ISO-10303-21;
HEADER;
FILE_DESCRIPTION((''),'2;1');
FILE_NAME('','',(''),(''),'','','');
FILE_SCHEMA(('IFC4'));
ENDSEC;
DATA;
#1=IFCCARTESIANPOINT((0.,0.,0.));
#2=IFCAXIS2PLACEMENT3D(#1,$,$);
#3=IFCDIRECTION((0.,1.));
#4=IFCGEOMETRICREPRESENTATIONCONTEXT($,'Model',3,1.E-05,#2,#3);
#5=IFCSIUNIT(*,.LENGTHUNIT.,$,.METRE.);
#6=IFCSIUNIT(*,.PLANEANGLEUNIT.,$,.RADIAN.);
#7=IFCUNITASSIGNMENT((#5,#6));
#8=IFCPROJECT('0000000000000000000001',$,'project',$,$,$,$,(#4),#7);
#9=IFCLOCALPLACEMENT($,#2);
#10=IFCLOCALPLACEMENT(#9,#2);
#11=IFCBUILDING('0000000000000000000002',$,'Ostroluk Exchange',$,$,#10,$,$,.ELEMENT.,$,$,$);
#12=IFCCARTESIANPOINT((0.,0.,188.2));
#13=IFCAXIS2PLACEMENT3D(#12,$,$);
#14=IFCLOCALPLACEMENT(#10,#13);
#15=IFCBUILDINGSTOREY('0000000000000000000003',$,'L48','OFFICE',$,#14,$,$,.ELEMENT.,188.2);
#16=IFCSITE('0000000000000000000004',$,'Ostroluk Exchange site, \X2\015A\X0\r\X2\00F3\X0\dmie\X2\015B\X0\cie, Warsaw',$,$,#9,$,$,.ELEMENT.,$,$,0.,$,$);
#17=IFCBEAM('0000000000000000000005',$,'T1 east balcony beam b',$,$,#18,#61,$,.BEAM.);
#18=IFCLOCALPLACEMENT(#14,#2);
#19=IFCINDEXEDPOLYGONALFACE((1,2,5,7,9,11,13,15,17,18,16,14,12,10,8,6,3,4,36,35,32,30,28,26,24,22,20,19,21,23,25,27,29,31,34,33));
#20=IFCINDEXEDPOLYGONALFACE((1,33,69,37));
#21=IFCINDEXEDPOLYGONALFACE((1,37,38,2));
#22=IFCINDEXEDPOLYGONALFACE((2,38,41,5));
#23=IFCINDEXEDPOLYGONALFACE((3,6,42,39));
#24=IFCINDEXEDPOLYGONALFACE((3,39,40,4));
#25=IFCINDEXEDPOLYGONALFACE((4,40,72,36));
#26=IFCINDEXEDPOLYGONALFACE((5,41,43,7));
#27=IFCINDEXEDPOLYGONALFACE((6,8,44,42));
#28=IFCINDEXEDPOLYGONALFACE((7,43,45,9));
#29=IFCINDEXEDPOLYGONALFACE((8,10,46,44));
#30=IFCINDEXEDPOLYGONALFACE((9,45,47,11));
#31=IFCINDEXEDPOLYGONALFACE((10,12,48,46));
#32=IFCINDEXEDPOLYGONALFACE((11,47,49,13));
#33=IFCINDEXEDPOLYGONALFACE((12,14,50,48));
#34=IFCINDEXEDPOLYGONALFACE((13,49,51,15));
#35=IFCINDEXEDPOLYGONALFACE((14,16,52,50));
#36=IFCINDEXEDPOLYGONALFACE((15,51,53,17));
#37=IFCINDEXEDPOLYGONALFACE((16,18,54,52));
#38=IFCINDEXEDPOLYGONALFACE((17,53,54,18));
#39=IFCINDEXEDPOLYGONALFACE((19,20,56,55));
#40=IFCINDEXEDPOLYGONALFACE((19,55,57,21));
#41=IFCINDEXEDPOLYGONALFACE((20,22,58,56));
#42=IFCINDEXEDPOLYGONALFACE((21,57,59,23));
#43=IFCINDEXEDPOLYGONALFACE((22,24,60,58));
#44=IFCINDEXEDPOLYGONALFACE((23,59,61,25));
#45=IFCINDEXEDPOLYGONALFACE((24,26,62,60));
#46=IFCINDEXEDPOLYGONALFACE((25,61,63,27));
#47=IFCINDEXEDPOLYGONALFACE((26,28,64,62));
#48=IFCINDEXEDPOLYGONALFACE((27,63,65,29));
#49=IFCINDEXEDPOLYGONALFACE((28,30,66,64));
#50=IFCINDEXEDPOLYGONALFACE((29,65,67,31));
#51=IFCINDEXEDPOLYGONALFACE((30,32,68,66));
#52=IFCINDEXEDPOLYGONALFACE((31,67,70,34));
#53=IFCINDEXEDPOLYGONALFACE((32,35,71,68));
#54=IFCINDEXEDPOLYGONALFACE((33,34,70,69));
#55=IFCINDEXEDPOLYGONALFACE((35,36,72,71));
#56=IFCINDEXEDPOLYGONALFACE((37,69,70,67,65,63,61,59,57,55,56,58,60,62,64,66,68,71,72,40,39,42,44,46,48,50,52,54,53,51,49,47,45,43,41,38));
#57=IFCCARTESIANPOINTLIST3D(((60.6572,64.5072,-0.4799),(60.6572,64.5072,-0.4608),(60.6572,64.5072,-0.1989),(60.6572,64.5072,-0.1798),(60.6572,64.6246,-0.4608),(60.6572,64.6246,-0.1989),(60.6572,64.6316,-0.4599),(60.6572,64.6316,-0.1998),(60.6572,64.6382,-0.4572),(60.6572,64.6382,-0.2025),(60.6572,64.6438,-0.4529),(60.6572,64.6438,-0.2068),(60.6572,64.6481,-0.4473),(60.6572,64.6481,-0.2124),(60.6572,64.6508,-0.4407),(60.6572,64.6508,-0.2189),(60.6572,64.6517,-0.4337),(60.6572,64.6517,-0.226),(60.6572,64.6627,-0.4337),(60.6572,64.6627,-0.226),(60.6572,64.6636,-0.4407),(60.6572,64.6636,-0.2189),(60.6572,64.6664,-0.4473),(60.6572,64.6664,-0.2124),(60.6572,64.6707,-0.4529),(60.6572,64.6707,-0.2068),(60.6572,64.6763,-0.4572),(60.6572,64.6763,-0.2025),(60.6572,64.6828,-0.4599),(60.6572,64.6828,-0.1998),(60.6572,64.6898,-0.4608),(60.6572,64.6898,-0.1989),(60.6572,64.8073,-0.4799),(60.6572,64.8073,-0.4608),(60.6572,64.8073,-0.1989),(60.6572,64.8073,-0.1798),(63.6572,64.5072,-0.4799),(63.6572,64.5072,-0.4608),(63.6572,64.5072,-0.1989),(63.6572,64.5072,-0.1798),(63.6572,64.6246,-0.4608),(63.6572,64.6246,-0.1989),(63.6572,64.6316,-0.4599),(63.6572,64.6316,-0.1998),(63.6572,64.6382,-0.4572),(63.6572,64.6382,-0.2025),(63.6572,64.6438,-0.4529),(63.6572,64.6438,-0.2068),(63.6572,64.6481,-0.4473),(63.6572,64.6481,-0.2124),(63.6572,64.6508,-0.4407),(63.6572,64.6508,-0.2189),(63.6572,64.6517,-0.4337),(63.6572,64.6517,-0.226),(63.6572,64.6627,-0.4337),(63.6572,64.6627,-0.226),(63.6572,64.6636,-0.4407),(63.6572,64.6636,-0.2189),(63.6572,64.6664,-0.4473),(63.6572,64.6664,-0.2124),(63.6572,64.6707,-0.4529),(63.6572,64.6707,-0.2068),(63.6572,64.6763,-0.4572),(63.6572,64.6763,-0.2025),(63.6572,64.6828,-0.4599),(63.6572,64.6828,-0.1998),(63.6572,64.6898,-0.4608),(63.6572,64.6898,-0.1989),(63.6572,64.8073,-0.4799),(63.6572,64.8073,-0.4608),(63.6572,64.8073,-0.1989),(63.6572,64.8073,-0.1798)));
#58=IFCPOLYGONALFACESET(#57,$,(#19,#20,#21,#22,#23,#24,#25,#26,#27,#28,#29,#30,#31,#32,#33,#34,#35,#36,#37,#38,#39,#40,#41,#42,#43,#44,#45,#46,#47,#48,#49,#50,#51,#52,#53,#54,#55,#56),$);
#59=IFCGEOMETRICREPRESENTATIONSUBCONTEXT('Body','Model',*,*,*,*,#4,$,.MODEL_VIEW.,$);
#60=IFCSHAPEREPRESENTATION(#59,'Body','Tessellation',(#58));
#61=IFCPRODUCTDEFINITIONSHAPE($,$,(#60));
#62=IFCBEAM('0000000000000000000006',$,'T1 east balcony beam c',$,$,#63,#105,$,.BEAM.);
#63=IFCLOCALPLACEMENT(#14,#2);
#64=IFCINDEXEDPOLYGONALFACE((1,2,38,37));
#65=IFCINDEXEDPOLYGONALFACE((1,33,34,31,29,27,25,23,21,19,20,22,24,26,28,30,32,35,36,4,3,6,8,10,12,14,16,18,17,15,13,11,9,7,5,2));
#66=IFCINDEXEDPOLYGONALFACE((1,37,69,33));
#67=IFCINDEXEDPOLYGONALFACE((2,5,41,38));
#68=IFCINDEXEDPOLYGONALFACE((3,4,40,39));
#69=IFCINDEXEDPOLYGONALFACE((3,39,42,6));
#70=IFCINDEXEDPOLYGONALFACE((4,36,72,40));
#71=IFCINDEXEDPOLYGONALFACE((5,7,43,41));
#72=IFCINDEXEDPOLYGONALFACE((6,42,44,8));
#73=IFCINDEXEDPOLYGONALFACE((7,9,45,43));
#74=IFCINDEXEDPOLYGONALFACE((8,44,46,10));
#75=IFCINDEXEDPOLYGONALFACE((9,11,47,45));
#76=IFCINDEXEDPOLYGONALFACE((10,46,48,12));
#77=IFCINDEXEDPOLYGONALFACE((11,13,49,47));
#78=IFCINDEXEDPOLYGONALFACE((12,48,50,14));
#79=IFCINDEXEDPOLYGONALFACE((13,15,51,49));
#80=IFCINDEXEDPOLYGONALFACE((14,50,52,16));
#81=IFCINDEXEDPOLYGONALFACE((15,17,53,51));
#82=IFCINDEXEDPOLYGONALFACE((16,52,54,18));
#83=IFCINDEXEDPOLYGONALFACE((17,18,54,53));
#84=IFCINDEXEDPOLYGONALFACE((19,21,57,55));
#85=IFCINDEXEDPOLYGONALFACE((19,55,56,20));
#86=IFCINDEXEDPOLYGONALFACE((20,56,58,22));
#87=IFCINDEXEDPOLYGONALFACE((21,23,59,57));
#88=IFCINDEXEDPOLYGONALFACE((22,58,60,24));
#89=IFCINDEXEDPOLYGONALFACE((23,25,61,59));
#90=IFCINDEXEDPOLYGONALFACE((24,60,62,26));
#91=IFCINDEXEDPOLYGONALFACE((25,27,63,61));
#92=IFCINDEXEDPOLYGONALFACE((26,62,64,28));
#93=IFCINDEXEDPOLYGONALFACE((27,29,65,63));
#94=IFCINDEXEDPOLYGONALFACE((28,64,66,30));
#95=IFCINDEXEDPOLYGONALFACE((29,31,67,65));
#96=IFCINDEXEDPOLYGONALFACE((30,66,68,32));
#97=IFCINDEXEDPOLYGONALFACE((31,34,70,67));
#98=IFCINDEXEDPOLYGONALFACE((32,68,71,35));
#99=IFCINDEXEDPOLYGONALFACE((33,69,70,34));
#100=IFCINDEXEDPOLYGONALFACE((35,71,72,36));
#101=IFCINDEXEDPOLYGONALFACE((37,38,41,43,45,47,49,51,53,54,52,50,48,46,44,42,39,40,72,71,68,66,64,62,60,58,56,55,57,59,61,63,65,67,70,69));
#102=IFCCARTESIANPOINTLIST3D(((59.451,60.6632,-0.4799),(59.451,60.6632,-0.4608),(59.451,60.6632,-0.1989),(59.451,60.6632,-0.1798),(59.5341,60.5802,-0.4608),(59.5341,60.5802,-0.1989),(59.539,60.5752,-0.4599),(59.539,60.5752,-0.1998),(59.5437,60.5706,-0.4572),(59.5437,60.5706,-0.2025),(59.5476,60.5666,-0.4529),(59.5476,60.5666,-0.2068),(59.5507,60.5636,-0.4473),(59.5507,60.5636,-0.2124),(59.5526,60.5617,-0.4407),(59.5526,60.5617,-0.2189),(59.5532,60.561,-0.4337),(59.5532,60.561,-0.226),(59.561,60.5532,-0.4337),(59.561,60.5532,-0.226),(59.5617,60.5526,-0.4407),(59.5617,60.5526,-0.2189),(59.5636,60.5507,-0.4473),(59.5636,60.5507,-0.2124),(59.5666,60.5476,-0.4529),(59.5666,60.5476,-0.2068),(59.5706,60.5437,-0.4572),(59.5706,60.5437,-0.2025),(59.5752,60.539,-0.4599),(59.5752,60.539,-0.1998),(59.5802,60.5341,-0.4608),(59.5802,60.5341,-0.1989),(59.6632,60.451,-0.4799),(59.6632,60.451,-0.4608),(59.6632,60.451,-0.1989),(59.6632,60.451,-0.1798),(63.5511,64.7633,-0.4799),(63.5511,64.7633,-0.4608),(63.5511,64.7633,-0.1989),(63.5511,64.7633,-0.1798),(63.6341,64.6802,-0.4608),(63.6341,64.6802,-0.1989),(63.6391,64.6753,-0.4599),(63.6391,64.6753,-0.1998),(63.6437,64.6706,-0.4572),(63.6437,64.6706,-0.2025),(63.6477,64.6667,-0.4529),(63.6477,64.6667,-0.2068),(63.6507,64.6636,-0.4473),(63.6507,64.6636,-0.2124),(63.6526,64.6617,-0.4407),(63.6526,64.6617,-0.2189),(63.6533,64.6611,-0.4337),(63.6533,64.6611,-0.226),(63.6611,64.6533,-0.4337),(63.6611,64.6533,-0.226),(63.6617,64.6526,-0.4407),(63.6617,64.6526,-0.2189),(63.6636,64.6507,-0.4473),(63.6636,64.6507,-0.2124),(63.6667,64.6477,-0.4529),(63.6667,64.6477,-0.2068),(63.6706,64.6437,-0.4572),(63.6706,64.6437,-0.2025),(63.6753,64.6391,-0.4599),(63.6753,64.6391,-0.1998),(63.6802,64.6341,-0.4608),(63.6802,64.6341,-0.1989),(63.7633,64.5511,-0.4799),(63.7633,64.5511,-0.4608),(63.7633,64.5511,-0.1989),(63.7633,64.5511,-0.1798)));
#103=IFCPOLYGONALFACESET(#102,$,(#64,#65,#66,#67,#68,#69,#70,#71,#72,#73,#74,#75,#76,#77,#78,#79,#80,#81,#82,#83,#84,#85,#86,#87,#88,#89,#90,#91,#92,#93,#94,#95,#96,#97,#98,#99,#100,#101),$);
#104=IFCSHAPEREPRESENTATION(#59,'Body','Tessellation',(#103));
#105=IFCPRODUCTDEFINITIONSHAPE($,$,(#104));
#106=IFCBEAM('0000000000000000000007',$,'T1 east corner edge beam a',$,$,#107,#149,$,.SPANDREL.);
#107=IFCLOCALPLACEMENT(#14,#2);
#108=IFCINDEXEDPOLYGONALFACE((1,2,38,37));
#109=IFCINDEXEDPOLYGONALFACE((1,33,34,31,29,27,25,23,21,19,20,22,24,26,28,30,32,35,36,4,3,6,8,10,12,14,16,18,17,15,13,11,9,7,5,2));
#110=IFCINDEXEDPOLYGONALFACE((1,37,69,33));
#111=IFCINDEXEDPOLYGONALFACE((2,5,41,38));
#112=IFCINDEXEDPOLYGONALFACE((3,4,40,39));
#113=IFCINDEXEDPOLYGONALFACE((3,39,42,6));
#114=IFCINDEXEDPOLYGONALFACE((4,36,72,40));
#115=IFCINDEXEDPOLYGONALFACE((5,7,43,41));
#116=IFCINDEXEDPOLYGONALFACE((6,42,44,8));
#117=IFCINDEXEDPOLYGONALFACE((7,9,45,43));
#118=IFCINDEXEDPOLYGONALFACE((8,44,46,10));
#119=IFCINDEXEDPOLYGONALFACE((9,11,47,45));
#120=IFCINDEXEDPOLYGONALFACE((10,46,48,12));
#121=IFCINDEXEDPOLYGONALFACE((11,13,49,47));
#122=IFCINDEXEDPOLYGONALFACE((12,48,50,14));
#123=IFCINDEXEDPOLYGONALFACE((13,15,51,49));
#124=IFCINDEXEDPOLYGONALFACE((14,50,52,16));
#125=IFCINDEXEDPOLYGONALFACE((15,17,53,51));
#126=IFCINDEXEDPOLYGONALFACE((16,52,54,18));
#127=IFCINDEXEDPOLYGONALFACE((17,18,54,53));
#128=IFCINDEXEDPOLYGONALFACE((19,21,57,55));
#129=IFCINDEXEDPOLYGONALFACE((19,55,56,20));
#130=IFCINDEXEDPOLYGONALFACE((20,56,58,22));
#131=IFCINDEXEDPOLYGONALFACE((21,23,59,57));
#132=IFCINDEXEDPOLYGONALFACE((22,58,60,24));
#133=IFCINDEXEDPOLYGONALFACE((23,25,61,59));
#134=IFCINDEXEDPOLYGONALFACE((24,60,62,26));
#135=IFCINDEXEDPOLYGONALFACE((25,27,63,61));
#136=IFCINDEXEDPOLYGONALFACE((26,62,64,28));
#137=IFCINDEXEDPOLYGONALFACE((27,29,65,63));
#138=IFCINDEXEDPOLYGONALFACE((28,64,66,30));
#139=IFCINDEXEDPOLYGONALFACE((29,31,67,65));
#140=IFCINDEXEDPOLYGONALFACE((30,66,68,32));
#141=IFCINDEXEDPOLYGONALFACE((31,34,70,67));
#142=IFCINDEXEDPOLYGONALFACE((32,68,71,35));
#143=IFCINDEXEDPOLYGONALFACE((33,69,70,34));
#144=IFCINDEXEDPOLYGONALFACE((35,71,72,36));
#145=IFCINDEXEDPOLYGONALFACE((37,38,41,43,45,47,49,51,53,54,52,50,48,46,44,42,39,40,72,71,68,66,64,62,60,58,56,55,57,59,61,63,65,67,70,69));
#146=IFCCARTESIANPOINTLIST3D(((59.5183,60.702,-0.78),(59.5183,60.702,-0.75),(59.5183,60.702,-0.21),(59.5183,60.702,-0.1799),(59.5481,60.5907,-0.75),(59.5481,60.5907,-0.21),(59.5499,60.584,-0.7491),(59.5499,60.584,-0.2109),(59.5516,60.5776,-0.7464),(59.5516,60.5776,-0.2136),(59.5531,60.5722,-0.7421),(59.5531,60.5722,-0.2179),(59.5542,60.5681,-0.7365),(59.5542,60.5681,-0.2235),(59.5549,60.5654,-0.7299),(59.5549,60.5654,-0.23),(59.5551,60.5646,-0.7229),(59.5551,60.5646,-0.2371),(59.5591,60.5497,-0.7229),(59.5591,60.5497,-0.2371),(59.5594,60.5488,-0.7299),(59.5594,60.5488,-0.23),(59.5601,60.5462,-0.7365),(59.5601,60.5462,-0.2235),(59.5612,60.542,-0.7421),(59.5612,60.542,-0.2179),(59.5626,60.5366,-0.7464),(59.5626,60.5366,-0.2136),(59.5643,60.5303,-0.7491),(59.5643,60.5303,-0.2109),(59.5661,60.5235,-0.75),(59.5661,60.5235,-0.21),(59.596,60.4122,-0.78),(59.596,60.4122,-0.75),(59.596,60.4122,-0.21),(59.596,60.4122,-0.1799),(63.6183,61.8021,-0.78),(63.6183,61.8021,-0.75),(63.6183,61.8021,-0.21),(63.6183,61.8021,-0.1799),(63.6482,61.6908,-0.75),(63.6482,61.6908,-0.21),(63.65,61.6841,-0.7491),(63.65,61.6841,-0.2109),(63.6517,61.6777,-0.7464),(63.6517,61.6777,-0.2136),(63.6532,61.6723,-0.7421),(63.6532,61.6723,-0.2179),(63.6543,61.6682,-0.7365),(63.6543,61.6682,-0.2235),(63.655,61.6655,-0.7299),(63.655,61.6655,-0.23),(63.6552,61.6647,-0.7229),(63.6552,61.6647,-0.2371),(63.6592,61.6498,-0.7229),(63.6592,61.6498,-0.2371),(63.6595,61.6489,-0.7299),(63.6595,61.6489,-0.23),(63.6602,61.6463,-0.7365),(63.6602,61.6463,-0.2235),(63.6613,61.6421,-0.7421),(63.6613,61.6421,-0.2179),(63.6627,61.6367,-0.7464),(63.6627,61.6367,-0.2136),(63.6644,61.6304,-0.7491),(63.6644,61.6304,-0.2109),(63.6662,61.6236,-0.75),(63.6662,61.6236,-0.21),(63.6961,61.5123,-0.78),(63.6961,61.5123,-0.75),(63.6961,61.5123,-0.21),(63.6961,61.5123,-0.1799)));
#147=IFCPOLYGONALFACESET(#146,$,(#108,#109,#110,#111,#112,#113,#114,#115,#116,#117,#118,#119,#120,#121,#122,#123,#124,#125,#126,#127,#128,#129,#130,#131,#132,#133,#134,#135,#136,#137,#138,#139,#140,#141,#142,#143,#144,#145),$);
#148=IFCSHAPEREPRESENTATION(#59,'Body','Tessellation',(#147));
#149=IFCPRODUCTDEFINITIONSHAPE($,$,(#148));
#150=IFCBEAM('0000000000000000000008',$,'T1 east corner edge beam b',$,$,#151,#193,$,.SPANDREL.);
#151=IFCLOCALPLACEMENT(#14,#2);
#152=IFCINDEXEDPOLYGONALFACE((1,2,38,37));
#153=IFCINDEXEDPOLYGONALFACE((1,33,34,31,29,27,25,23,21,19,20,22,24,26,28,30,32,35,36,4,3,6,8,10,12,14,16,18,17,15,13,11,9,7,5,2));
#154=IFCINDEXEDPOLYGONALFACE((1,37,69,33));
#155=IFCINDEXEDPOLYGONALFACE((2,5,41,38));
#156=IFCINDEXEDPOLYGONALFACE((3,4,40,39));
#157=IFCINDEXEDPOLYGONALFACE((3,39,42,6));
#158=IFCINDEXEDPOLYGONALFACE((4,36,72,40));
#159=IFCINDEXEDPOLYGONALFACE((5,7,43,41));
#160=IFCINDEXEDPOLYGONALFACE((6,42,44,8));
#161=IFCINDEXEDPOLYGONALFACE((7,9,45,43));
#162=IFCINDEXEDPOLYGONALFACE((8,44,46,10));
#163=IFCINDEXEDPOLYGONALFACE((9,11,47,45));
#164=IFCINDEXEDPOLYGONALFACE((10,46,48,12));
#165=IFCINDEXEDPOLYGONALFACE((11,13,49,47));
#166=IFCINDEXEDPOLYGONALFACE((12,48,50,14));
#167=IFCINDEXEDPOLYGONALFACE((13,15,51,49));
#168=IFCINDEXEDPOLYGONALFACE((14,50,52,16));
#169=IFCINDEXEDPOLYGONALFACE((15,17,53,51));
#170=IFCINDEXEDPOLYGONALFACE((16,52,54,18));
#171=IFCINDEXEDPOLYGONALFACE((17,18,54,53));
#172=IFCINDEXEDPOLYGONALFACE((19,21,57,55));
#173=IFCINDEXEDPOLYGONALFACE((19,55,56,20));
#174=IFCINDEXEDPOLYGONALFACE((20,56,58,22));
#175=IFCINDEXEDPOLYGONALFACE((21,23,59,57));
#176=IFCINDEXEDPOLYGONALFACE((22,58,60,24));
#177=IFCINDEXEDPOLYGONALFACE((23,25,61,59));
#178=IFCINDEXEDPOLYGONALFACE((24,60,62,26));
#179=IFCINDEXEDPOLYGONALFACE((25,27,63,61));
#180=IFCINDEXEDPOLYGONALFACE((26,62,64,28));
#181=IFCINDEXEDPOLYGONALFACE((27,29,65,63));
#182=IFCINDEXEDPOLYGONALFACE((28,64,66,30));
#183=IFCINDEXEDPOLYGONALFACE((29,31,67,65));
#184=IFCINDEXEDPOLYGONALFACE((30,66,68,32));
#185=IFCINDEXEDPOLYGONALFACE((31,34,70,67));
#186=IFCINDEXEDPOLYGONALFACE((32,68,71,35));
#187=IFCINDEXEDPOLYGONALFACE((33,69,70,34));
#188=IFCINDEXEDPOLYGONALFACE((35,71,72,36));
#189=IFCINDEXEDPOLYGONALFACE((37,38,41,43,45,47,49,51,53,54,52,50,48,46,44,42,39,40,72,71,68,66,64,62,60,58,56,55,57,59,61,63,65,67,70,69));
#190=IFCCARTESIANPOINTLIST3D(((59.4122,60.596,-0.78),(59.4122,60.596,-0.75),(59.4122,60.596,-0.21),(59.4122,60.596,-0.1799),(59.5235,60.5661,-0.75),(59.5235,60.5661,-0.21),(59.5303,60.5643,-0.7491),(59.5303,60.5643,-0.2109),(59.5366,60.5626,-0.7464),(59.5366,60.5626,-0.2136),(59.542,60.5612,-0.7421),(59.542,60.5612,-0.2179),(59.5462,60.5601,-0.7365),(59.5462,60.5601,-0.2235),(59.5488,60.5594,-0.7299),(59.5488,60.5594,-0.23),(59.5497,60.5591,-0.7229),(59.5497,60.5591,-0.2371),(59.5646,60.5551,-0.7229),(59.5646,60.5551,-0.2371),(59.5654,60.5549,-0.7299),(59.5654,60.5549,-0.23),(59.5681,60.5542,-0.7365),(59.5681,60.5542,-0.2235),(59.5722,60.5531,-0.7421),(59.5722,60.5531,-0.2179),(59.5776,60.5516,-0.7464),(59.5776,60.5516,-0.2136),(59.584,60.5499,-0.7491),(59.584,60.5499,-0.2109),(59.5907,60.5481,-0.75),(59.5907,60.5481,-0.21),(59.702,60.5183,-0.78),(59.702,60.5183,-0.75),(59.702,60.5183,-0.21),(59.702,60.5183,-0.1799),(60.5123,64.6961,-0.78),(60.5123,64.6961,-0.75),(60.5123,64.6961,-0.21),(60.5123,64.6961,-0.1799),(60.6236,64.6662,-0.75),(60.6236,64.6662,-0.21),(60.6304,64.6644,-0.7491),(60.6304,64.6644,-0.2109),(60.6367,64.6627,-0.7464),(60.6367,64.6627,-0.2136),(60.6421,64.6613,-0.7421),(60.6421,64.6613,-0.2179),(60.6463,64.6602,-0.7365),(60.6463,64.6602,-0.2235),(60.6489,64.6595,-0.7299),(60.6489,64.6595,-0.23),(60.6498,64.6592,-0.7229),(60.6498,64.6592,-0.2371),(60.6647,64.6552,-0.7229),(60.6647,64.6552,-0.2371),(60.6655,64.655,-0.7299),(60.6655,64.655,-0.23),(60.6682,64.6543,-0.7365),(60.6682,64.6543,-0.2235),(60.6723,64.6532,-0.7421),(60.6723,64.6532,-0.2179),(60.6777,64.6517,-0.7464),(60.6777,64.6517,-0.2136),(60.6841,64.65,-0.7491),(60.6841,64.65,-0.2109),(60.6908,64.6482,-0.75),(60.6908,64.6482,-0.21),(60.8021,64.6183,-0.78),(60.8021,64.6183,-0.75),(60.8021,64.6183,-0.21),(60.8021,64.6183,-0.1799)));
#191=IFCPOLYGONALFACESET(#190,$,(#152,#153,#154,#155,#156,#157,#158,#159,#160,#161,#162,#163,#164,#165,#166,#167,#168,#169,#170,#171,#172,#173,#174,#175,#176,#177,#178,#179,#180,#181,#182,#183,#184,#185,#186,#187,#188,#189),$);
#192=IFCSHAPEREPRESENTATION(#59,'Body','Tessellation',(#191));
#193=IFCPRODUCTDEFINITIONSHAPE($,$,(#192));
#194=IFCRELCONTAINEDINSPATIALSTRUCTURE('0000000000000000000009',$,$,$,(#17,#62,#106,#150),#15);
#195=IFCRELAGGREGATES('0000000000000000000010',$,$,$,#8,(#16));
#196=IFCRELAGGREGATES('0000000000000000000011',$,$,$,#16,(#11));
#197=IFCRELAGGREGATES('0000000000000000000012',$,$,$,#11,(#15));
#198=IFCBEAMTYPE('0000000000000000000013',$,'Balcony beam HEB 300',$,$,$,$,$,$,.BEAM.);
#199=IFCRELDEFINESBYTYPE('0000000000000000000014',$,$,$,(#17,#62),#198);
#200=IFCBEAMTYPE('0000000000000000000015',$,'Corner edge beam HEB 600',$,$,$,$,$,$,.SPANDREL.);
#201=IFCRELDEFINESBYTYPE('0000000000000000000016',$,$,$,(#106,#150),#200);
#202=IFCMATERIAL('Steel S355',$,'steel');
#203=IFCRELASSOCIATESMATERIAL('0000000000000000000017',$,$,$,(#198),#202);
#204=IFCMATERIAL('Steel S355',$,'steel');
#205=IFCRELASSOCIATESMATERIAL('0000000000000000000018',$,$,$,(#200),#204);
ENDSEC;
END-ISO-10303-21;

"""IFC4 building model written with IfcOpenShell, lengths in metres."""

from ifc_helpers import new_model, si_unit, direction, frame, origin, origin_2d, place, context, subcontext, project, spatial, i_section, extrude, material, material_profile, profile_set, type_object, element, save


model = new_model("IFC4")

# Units and contexts
model_context = context("Model", 3, precision=1e-05, world=origin(), true_north=direction((0.0, 1.0)))
body_context = subcontext(model_context, "Body", "Model", "MODEL_VIEW")
ifc_project = project(units=[si_unit("LENGTHUNIT", "METRE"), si_unit("PLANEANGLEUNIT", "RADIAN")], contexts=[model_context])

# Site, building, storey
site_placement = place(None, origin())
site = spatial("IfcSite", under=ifc_project, at=site_placement, Name="Ostroluk Exchange site, Śródmieście, Warsaw", CompositionType="ELEMENT", RefElevation=0.0)
building_placement = place(site_placement, origin())
building = spatial("IfcBuilding", under=site, at=building_placement, Name="Ostroluk Exchange", CompositionType="ELEMENT")
storey_placement = place(building_placement, frame((0.0, 0.0, 188.2)))
storey = spatial("IfcBuildingStorey", under=building, at=storey_placement, Name="L48", Description="OFFICE", CompositionType="ELEMENT", Elevation=188.2)

# Beams
ifc_material_1 = material(Name="Steel S355", Category="steel")
ifc_material_profile_1 = material_profile(ifc_material_1, i_section(OverallWidth=0.3, OverallDepth=0.3, WebThickness=0.011, FlangeThickness=0.019, FilletRadius=0.0271, at=origin_2d()), Name="HEB 300")
ifc_profile_set_1 = profile_set([ifc_material_profile_1], Name="Steel S355")
beam_type_1 = type_object("IfcBeamType", Name="Balcony beam HEB 300", PredefinedType="BEAM", material=ifc_profile_set_1)
for number, where, z_axis, x_axis, name in (
    (1, (60.6572, 64.6572, -0.3298), (1.0, 0.0, 0.0), (0.0, 1.0, 0.0), "T1 east balcony beam b"),
):
    element("IfcBeam", number, at=place(storey_placement, frame(where, z_axis=z_axis, x_axis=x_axis)), inside=storey, type_object=beam_type_1, Name=name, PredefinedType="BEAM", context=body_context, shape_type="SweptSolid", body=[
        extrude(i_section(OverallWidth=0.3, OverallDepth=0.3, WebThickness=0.011, FlangeThickness=0.019, FilletRadius=0.0271, at=origin_2d()), origin(), (0.0, 0.0, 1.0), 3.0),
    ])
beam_1_placement = place(storey_placement, frame((59.5571, 60.5571, -0.3298), z_axis=(0.707107, 0.707107, 0.0), x_axis=(-0.707107, 0.707107, 0.0)))
element("IfcBeam", 2, at=beam_1_placement, inside=storey, type_object=beam_type_1, Name="T1 east balcony beam c", PredefinedType="BEAM", context=body_context, shape_type="SweptSolid", body=[
    extrude(i_section(OverallWidth=0.3, OverallDepth=0.3, WebThickness=0.011, FlangeThickness=0.019, FilletRadius=0.0271, at=origin_2d()), origin(), (0.0, 0.0, 1.0), 5.7983),
])
ifc_material_2 = material(Name="Steel S355", Category="steel")
ifc_material_profile_2 = material_profile(ifc_material_2, i_section(OverallWidth=0.3, OverallDepth=0.6001, WebThickness=0.0154, FlangeThickness=0.03, FilletRadius=0.0271, at=origin_2d()), Name="HEB 600")
ifc_profile_set_2 = profile_set([ifc_material_profile_2], Name="Steel S355")
beam_type_2 = type_object("IfcBeamType", Name="Corner edge beam HEB 600", PredefinedType="SPANDREL", material=ifc_profile_set_2)
for number, where, z_axis, x_axis, name in (
    (3, (59.5571, 60.5571, -0.48), (0.965839, 0.259144, 0.0), (-0.259144, 0.965839, 0.0), "T1 east corner edge beam a"),
    (4, (59.5571, 60.5571, -0.48), (0.259144, 0.965839, 0.0), (-0.965839, 0.259144, 0.0), "T1 east corner edge beam b"),
):
    element("IfcBeam", number, at=place(storey_placement, frame(where, z_axis=z_axis, x_axis=x_axis)), inside=storey, type_object=beam_type_2, Name=name, PredefinedType="SPANDREL", context=body_context, shape_type="SweptSolid", body=[
        extrude(i_section(OverallWidth=0.3, OverallDepth=0.6001, WebThickness=0.0154, FlangeThickness=0.03, FilletRadius=0.0271, at=origin_2d()), origin(), (0.0, 0.0, 1.0), 4.2451),
    ])

save(model, "model.ifc")
